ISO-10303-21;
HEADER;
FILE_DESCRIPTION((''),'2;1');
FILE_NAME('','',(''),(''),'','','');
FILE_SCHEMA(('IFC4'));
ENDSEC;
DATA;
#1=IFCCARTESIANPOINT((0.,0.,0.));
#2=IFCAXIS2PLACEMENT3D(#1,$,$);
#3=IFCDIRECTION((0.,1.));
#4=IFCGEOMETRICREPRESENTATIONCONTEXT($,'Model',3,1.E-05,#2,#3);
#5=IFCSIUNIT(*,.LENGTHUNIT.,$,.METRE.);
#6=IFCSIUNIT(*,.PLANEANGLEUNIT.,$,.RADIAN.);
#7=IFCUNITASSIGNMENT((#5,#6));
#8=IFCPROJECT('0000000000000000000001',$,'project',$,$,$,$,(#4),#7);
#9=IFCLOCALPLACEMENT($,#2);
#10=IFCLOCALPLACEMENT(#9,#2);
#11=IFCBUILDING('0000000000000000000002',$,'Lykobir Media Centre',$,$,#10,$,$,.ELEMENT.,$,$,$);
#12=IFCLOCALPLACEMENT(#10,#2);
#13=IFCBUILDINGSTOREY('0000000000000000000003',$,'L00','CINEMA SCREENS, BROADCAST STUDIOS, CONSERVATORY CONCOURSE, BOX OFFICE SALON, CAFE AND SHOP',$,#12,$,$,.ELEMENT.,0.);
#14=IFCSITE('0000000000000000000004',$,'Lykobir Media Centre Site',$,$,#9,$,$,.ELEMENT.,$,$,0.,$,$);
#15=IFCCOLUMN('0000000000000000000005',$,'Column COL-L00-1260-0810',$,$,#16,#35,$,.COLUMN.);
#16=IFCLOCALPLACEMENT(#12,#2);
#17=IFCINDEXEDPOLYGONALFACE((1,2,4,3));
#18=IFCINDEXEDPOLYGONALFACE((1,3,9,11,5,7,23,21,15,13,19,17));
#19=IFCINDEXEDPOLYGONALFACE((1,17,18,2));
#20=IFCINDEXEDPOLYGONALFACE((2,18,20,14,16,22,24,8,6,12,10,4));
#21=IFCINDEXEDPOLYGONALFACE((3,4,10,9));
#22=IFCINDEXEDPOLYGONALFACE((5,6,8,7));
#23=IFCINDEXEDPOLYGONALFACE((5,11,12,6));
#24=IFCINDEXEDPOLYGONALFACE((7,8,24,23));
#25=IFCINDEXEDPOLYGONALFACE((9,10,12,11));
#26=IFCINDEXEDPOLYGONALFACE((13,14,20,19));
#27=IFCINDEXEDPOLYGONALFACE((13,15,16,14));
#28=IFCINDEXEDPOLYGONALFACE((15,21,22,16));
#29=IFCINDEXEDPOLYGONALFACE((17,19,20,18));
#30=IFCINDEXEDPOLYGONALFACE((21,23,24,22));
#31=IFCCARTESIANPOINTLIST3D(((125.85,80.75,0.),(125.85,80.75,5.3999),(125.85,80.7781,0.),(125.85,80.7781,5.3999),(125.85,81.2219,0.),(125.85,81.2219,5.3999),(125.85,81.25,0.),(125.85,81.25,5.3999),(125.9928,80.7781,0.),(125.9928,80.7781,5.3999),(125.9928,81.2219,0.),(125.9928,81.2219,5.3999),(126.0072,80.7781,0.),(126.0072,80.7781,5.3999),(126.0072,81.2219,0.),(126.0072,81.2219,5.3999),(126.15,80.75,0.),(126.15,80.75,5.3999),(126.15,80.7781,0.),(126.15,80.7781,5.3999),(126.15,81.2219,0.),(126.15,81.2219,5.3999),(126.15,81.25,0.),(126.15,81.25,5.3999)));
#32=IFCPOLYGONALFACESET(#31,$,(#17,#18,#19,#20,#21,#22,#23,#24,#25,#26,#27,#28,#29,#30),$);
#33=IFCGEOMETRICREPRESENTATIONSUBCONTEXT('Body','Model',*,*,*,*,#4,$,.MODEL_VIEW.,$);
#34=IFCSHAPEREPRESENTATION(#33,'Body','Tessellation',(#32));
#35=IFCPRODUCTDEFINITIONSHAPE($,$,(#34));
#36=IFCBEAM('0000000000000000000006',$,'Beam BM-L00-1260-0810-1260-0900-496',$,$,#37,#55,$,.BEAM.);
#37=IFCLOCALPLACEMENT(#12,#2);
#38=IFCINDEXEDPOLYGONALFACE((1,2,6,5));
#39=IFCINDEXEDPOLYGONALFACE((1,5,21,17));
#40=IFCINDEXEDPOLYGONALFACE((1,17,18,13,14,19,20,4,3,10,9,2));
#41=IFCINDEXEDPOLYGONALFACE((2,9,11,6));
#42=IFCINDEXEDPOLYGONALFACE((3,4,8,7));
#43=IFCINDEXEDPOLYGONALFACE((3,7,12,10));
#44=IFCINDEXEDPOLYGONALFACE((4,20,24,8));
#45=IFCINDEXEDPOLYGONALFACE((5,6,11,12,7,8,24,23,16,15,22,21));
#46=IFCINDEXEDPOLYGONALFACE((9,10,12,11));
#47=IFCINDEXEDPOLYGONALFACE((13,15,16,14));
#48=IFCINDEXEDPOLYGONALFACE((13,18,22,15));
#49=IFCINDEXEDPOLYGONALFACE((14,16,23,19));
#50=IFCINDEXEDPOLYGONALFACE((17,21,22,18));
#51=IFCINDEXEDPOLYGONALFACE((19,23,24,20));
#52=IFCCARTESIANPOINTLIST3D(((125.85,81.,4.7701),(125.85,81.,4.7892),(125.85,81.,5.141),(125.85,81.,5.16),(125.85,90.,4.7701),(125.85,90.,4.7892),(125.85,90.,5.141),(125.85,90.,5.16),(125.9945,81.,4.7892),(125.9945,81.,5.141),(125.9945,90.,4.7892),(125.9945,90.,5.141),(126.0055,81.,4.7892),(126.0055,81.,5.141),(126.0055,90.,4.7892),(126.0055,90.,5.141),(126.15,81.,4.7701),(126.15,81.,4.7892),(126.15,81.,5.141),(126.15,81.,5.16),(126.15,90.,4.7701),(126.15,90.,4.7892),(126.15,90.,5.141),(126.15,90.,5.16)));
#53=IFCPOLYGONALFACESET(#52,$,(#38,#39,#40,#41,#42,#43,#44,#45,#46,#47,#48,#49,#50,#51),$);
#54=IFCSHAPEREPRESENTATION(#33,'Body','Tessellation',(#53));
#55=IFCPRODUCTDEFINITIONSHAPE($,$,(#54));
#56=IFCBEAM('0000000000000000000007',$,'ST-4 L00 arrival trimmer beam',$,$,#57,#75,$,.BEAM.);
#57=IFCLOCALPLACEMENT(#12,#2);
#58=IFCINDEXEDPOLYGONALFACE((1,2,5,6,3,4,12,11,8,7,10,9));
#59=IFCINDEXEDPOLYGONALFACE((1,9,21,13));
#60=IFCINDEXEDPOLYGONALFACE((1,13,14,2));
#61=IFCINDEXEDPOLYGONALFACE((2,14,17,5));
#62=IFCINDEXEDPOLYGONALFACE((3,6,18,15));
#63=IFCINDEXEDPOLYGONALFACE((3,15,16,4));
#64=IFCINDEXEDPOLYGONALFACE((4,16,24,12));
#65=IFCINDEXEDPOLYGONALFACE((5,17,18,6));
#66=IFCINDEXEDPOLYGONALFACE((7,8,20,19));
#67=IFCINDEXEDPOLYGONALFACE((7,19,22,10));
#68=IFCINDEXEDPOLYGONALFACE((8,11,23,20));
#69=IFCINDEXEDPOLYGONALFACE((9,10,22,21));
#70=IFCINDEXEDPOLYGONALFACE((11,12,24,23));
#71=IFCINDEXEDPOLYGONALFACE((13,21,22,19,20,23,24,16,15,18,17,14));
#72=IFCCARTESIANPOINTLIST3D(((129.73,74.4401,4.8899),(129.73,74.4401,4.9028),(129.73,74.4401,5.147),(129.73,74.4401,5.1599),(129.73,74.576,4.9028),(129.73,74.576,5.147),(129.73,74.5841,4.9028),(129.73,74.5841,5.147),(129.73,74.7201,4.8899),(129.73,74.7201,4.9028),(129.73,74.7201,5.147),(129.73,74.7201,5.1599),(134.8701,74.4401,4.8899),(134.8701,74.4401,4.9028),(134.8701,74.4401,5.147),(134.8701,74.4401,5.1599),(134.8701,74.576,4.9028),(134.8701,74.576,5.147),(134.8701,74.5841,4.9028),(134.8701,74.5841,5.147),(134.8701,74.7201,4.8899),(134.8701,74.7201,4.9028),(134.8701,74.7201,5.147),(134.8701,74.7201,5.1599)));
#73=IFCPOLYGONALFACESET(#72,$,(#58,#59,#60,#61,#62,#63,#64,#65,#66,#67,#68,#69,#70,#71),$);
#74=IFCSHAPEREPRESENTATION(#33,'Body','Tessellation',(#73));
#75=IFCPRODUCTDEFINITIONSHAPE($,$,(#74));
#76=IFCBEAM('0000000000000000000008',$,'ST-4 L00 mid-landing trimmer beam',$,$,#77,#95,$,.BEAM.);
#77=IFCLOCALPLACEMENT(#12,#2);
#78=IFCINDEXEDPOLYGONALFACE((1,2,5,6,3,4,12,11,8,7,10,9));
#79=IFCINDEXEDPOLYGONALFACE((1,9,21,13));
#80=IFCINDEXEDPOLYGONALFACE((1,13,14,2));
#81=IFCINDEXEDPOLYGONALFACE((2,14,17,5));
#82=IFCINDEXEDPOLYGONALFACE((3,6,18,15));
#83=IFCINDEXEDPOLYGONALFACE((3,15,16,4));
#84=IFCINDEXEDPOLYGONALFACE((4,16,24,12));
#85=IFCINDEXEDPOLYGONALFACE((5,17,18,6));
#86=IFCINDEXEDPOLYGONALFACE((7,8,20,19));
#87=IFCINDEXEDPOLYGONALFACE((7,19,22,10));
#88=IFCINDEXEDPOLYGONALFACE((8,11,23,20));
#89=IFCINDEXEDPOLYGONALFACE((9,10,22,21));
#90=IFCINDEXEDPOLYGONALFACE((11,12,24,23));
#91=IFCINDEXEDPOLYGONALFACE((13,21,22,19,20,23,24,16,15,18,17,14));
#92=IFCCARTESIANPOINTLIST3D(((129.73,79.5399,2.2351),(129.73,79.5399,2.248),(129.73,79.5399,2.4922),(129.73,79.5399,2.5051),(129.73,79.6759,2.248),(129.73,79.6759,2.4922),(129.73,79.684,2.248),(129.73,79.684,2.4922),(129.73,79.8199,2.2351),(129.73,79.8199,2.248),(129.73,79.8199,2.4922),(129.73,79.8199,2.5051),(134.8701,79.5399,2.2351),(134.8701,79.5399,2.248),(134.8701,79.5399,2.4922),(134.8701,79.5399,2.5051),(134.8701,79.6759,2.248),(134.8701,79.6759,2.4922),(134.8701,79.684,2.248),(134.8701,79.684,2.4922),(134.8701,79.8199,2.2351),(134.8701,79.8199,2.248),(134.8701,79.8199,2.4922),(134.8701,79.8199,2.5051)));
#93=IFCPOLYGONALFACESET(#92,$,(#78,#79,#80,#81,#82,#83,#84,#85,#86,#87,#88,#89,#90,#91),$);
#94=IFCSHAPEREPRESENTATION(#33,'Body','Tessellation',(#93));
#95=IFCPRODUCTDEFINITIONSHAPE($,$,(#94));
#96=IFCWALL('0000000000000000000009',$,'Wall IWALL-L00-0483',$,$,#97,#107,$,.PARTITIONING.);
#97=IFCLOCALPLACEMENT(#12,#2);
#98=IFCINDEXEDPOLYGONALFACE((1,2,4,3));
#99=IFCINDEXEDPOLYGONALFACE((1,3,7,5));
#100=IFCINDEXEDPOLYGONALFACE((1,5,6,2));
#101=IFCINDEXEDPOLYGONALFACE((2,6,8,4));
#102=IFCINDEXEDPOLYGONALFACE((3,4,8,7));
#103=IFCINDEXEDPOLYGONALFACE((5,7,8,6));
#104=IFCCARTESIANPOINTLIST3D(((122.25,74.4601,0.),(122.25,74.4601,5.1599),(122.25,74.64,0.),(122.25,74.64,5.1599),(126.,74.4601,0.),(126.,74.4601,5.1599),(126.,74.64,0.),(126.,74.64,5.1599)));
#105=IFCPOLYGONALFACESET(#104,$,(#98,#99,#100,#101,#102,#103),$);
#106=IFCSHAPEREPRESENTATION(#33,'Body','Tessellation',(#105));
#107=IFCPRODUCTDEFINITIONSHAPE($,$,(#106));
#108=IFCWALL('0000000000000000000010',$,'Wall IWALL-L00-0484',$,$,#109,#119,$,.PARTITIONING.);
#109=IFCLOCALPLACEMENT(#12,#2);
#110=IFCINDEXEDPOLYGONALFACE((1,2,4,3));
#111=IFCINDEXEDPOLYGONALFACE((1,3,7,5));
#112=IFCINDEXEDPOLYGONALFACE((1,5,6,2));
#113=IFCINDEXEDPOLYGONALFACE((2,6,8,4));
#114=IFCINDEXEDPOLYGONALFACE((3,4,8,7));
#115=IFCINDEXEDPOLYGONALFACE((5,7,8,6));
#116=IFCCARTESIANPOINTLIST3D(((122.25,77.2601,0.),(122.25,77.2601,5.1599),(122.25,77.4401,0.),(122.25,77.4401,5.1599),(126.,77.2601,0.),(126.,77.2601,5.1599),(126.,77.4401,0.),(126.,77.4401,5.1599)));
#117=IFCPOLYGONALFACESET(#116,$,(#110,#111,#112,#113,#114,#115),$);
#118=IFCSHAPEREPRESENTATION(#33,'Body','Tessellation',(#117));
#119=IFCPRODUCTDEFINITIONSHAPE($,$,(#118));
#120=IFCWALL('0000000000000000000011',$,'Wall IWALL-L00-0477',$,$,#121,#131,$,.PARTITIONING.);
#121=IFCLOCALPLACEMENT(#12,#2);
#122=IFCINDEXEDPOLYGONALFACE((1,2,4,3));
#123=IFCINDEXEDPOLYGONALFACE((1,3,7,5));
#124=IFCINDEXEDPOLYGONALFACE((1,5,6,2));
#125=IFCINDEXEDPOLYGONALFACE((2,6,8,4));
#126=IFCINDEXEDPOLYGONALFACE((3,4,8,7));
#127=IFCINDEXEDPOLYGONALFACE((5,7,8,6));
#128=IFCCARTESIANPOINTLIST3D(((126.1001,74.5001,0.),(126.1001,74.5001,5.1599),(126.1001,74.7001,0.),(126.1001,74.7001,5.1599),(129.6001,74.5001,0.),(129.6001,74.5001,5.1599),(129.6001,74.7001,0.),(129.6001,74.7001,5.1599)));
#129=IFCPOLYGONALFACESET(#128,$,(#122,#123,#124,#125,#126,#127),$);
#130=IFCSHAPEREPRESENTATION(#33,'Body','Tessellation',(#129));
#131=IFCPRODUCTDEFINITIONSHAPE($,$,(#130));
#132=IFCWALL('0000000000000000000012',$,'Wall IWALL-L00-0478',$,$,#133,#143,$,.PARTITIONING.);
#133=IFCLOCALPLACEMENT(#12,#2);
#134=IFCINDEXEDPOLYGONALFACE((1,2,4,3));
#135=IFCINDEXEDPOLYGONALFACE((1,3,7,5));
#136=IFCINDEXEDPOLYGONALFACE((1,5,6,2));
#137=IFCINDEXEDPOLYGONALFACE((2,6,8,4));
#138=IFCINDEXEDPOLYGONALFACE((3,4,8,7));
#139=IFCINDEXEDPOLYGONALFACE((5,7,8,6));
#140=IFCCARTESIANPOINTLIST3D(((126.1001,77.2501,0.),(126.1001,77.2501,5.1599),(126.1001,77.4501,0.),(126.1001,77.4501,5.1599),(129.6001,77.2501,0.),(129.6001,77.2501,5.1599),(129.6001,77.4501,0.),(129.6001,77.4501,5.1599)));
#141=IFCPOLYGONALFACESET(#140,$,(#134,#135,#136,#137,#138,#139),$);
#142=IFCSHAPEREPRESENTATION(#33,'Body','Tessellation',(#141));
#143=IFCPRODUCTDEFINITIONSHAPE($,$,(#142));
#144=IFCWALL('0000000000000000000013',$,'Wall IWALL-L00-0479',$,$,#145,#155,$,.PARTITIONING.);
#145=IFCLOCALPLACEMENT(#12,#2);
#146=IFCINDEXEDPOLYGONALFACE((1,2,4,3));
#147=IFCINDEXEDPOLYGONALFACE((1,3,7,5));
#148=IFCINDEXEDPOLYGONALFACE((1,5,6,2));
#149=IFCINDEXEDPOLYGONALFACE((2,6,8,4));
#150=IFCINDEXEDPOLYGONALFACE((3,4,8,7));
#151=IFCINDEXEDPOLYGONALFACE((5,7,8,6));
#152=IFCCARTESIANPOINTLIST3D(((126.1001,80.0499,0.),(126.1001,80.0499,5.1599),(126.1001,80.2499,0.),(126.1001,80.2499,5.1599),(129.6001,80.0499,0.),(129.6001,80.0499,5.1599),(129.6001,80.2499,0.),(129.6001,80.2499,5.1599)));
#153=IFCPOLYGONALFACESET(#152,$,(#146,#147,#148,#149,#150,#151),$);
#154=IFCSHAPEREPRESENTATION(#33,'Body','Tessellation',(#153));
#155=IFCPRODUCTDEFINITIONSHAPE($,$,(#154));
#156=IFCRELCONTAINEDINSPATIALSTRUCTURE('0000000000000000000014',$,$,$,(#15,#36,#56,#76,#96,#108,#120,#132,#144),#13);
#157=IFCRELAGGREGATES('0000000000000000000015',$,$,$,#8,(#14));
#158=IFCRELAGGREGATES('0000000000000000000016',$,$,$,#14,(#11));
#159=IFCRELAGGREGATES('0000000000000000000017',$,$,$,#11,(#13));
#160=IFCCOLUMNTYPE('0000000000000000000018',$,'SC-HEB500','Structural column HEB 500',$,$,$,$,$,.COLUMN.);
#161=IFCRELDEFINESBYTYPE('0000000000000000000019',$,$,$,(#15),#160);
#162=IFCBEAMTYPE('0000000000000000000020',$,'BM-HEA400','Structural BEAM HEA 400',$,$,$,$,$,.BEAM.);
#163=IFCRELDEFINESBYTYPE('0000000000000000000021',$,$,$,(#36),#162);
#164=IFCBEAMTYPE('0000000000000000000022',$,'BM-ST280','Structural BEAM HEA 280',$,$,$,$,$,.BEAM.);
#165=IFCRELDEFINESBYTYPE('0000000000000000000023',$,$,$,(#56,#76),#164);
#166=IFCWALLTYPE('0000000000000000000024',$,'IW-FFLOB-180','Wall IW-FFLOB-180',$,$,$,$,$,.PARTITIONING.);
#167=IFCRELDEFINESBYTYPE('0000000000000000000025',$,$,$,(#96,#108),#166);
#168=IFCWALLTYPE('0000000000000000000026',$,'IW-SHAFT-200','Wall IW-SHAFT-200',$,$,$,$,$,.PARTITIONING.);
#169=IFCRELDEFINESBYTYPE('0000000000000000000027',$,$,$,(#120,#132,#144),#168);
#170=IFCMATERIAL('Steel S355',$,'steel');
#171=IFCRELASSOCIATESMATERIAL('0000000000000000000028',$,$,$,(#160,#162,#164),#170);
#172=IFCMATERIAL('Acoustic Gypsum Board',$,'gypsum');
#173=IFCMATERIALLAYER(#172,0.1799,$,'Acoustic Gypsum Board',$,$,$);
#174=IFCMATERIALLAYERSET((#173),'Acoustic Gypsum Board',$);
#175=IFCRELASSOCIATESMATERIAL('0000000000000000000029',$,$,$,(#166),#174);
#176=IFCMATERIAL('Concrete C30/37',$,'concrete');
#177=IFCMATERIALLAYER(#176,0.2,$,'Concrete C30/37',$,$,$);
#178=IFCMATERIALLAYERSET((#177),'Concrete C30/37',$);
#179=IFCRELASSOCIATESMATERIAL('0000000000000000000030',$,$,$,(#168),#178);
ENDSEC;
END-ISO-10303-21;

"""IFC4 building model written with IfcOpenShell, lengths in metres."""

from ifc_helpers import new_model, si_unit, direction, frame, frame_2d, origin, origin_2d, place, context, subcontext, project, spatial, rectangle, i_section, extrude, material, layer, layer_set, material_profile, profile_set, type_object, element, save


model = new_model("IFC4")

# Units and contexts
model_context = context("Model", 3, precision=1e-05, world=origin(), true_north=direction((0.0, 1.0)))
body_context = subcontext(model_context, "Body", "Model", "MODEL_VIEW")
ifc_project = project(units=[si_unit("LENGTHUNIT", "METRE"), si_unit("PLANEANGLEUNIT", "RADIAN")], contexts=[model_context])

# Site, building, storey
site_placement = place(None, origin())
site = spatial("IfcSite", under=ifc_project, at=site_placement, Name="Lykobir Media Centre Site", CompositionType="ELEMENT", RefElevation=0.0)
building_placement = place(site_placement, origin())
building = spatial("IfcBuilding", under=site, at=building_placement, Name="Lykobir Media Centre", CompositionType="ELEMENT")
storey_placement = place(building_placement, origin())
storey = spatial("IfcBuildingStorey", under=building, at=storey_placement, Name="L00", Description="CINEMA SCREENS, BROADCAST STUDIOS, CONSERVATORY CONCOURSE, BOX OFFICE SALON, CAFE AND SHOP", CompositionType="ELEMENT", Elevation=0.0)

# Column
ifc_material_1 = material(Name="Steel S355", Category="steel")
ifc_material_profile_1 = material_profile(ifc_material_1, i_section(OverallWidth=0.3, OverallDepth=0.5, WebThickness=0.0144, FlangeThickness=0.0281, at=origin_2d()), Name="HEB 500")
ifc_profile_set_1 = profile_set([ifc_material_profile_1], Name="Steel S355")
column_type = type_object("IfcColumnType", Name="SC-HEB500", Description="Structural column HEB 500", PredefinedType="COLUMN", material=ifc_profile_set_1)
column_placement = place(storey_placement, frame((126.0, 81.0, 0.0), z_axis=(0.0, 0.0, 1.0), x_axis=(1.0, 0.0, 0.0)))
element("IfcColumn", 1, at=column_placement, inside=storey, type_object=column_type, Name="Column COL-L00-1260-0810", PredefinedType="COLUMN", context=body_context, shape_type="SweptSolid", body=[
    extrude(i_section(OverallWidth=0.3, OverallDepth=0.5, WebThickness=0.0144, FlangeThickness=0.0281, at=origin_2d()), origin(), (0.0, 0.0, 1.0), 5.3999),
])

# Beams
ifc_material_profile_2 = material_profile(ifc_material_1, i_section(OverallWidth=0.3, OverallDepth=0.3899, WebThickness=0.011, FlangeThickness=0.019, at=origin_2d()), Name="HEA 400")
ifc_profile_set_2 = profile_set([ifc_material_profile_2], Name="Steel S355")
beam_type_1 = type_object("IfcBeamType", Name="BM-HEA400", Description="Structural BEAM HEA 400", PredefinedType="BEAM", material=ifc_profile_set_2)
beam_placement = place(storey_placement, frame((126.0, 81.0, 4.9651), z_axis=(0.0, 1.0, 0.0), x_axis=(-1.0, 0.0, 0.0)))
element("IfcBeam", 2, at=beam_placement, inside=storey, type_object=beam_type_1, Name="Beam BM-L00-1260-0810-1260-0900-496", PredefinedType="BEAM", context=body_context, shape_type="SweptSolid", body=[
    extrude(i_section(OverallWidth=0.3, OverallDepth=0.3899, WebThickness=0.011, FlangeThickness=0.019, at=origin_2d()), origin(), (0.0, 0.0, 1.0), 9.0),
])
ifc_material_profile_3 = material_profile(ifc_material_1, i_section(OverallWidth=0.28, OverallDepth=0.27, WebThickness=0.0081, FlangeThickness=0.0129, at=origin_2d()), Name="HEA 280")
ifc_profile_set_3 = profile_set([ifc_material_profile_3], Name="Steel S355")
beam_type_2 = type_object("IfcBeamType", Name="BM-ST280", Description="Structural BEAM HEA 280", PredefinedType="BEAM", material=ifc_profile_set_3)
for number, where, z_axis, x_axis, name in (
    (3, (129.73, 74.5801, 5.0249), (1.0, 0.0, 0.0), (0.0, 1.0, 0.0), "ST-4 L00 arrival trimmer beam"),
    (4, (129.73, 79.6799, 2.3701), (1.0, 0.0, 0.0), (0.0, 1.0, 0.0), "ST-4 L00 mid-landing trimmer beam"),
):
    element("IfcBeam", number, at=place(storey_placement, frame(where, z_axis=z_axis, x_axis=x_axis)), inside=storey, type_object=beam_type_2, Name=name, PredefinedType="BEAM", context=body_context, shape_type="SweptSolid", body=[
        extrude(i_section(OverallWidth=0.28, OverallDepth=0.27, WebThickness=0.0081, FlangeThickness=0.0129, at=origin_2d()), origin(), (0.0, 0.0, 1.0), 5.1401),
    ])

# Walls
ifc_material_2 = material(Name="Acoustic Gypsum Board", Category="gypsum")
ifc_layer_1 = layer(ifc_material_2, 0.1799, Name="Acoustic Gypsum Board")
ifc_layer_set_1 = layer_set([ifc_layer_1], Name="Acoustic Gypsum Board")
wall_type_1 = type_object("IfcWallType", Name="IW-FFLOB-180", Description="Wall IW-FFLOB-180", PredefinedType="PARTITIONING", material=ifc_layer_set_1)
for number, where, z_axis, x_axis, name in (
    (5, (122.25, 74.55, 0.0), (0.0, 0.0, 1.0), (1.0, 0.0, 0.0), "Wall IWALL-L00-0483"),
    (6, (122.25, 77.3501, 0.0), (0.0, 0.0, 1.0), (1.0, 0.0, 0.0), "Wall IWALL-L00-0484"),
):
    element("IfcWall", number, at=place(storey_placement, frame(where, z_axis=z_axis, x_axis=x_axis)), inside=storey, type_object=wall_type_1, Name=name, PredefinedType="PARTITIONING", context=body_context, shape_type="SweptSolid", body=[
        extrude(rectangle(XDim=3.75, YDim=0.1799, at=frame_2d((1.875, 0.0))), origin(), (0.0, 0.0, 1.0), 5.1599),
    ])
ifc_material_3 = material(Name="Concrete C30/37", Category="concrete")
ifc_layer_2 = layer(ifc_material_3, 0.2, Name="Concrete C30/37")
ifc_layer_set_2 = layer_set([ifc_layer_2], Name="Concrete C30/37")
wall_type_2 = type_object("IfcWallType", Name="IW-SHAFT-200", Description="Wall IW-SHAFT-200", PredefinedType="PARTITIONING", material=ifc_layer_set_2)
for number, where, z_axis, x_axis, name in (
    (7, (126.1001, 74.6001, 0.0), (0.0, 0.0, 1.0), (1.0, 0.0, 0.0), "Wall IWALL-L00-0477"),
    (8, (126.1001, 77.3501, 0.0), (0.0, 0.0, 1.0), (1.0, 0.0, 0.0), "Wall IWALL-L00-0478"),
    (9, (126.1001, 80.1499, 0.0), (0.0, 0.0, 1.0), (1.0, 0.0, 0.0), "Wall IWALL-L00-0479"),
):
    element("IfcWall", number, at=place(storey_placement, frame(where, z_axis=z_axis, x_axis=x_axis)), inside=storey, type_object=wall_type_2, Name=name, PredefinedType="PARTITIONING", context=body_context, shape_type="SweptSolid", body=[
        extrude(rectangle(XDim=3.5, YDim=0.2, at=frame_2d((1.75, 0.0))), origin(), (0.0, 0.0, 1.0), 5.1599),
    ])

save(model, "model.ifc")
